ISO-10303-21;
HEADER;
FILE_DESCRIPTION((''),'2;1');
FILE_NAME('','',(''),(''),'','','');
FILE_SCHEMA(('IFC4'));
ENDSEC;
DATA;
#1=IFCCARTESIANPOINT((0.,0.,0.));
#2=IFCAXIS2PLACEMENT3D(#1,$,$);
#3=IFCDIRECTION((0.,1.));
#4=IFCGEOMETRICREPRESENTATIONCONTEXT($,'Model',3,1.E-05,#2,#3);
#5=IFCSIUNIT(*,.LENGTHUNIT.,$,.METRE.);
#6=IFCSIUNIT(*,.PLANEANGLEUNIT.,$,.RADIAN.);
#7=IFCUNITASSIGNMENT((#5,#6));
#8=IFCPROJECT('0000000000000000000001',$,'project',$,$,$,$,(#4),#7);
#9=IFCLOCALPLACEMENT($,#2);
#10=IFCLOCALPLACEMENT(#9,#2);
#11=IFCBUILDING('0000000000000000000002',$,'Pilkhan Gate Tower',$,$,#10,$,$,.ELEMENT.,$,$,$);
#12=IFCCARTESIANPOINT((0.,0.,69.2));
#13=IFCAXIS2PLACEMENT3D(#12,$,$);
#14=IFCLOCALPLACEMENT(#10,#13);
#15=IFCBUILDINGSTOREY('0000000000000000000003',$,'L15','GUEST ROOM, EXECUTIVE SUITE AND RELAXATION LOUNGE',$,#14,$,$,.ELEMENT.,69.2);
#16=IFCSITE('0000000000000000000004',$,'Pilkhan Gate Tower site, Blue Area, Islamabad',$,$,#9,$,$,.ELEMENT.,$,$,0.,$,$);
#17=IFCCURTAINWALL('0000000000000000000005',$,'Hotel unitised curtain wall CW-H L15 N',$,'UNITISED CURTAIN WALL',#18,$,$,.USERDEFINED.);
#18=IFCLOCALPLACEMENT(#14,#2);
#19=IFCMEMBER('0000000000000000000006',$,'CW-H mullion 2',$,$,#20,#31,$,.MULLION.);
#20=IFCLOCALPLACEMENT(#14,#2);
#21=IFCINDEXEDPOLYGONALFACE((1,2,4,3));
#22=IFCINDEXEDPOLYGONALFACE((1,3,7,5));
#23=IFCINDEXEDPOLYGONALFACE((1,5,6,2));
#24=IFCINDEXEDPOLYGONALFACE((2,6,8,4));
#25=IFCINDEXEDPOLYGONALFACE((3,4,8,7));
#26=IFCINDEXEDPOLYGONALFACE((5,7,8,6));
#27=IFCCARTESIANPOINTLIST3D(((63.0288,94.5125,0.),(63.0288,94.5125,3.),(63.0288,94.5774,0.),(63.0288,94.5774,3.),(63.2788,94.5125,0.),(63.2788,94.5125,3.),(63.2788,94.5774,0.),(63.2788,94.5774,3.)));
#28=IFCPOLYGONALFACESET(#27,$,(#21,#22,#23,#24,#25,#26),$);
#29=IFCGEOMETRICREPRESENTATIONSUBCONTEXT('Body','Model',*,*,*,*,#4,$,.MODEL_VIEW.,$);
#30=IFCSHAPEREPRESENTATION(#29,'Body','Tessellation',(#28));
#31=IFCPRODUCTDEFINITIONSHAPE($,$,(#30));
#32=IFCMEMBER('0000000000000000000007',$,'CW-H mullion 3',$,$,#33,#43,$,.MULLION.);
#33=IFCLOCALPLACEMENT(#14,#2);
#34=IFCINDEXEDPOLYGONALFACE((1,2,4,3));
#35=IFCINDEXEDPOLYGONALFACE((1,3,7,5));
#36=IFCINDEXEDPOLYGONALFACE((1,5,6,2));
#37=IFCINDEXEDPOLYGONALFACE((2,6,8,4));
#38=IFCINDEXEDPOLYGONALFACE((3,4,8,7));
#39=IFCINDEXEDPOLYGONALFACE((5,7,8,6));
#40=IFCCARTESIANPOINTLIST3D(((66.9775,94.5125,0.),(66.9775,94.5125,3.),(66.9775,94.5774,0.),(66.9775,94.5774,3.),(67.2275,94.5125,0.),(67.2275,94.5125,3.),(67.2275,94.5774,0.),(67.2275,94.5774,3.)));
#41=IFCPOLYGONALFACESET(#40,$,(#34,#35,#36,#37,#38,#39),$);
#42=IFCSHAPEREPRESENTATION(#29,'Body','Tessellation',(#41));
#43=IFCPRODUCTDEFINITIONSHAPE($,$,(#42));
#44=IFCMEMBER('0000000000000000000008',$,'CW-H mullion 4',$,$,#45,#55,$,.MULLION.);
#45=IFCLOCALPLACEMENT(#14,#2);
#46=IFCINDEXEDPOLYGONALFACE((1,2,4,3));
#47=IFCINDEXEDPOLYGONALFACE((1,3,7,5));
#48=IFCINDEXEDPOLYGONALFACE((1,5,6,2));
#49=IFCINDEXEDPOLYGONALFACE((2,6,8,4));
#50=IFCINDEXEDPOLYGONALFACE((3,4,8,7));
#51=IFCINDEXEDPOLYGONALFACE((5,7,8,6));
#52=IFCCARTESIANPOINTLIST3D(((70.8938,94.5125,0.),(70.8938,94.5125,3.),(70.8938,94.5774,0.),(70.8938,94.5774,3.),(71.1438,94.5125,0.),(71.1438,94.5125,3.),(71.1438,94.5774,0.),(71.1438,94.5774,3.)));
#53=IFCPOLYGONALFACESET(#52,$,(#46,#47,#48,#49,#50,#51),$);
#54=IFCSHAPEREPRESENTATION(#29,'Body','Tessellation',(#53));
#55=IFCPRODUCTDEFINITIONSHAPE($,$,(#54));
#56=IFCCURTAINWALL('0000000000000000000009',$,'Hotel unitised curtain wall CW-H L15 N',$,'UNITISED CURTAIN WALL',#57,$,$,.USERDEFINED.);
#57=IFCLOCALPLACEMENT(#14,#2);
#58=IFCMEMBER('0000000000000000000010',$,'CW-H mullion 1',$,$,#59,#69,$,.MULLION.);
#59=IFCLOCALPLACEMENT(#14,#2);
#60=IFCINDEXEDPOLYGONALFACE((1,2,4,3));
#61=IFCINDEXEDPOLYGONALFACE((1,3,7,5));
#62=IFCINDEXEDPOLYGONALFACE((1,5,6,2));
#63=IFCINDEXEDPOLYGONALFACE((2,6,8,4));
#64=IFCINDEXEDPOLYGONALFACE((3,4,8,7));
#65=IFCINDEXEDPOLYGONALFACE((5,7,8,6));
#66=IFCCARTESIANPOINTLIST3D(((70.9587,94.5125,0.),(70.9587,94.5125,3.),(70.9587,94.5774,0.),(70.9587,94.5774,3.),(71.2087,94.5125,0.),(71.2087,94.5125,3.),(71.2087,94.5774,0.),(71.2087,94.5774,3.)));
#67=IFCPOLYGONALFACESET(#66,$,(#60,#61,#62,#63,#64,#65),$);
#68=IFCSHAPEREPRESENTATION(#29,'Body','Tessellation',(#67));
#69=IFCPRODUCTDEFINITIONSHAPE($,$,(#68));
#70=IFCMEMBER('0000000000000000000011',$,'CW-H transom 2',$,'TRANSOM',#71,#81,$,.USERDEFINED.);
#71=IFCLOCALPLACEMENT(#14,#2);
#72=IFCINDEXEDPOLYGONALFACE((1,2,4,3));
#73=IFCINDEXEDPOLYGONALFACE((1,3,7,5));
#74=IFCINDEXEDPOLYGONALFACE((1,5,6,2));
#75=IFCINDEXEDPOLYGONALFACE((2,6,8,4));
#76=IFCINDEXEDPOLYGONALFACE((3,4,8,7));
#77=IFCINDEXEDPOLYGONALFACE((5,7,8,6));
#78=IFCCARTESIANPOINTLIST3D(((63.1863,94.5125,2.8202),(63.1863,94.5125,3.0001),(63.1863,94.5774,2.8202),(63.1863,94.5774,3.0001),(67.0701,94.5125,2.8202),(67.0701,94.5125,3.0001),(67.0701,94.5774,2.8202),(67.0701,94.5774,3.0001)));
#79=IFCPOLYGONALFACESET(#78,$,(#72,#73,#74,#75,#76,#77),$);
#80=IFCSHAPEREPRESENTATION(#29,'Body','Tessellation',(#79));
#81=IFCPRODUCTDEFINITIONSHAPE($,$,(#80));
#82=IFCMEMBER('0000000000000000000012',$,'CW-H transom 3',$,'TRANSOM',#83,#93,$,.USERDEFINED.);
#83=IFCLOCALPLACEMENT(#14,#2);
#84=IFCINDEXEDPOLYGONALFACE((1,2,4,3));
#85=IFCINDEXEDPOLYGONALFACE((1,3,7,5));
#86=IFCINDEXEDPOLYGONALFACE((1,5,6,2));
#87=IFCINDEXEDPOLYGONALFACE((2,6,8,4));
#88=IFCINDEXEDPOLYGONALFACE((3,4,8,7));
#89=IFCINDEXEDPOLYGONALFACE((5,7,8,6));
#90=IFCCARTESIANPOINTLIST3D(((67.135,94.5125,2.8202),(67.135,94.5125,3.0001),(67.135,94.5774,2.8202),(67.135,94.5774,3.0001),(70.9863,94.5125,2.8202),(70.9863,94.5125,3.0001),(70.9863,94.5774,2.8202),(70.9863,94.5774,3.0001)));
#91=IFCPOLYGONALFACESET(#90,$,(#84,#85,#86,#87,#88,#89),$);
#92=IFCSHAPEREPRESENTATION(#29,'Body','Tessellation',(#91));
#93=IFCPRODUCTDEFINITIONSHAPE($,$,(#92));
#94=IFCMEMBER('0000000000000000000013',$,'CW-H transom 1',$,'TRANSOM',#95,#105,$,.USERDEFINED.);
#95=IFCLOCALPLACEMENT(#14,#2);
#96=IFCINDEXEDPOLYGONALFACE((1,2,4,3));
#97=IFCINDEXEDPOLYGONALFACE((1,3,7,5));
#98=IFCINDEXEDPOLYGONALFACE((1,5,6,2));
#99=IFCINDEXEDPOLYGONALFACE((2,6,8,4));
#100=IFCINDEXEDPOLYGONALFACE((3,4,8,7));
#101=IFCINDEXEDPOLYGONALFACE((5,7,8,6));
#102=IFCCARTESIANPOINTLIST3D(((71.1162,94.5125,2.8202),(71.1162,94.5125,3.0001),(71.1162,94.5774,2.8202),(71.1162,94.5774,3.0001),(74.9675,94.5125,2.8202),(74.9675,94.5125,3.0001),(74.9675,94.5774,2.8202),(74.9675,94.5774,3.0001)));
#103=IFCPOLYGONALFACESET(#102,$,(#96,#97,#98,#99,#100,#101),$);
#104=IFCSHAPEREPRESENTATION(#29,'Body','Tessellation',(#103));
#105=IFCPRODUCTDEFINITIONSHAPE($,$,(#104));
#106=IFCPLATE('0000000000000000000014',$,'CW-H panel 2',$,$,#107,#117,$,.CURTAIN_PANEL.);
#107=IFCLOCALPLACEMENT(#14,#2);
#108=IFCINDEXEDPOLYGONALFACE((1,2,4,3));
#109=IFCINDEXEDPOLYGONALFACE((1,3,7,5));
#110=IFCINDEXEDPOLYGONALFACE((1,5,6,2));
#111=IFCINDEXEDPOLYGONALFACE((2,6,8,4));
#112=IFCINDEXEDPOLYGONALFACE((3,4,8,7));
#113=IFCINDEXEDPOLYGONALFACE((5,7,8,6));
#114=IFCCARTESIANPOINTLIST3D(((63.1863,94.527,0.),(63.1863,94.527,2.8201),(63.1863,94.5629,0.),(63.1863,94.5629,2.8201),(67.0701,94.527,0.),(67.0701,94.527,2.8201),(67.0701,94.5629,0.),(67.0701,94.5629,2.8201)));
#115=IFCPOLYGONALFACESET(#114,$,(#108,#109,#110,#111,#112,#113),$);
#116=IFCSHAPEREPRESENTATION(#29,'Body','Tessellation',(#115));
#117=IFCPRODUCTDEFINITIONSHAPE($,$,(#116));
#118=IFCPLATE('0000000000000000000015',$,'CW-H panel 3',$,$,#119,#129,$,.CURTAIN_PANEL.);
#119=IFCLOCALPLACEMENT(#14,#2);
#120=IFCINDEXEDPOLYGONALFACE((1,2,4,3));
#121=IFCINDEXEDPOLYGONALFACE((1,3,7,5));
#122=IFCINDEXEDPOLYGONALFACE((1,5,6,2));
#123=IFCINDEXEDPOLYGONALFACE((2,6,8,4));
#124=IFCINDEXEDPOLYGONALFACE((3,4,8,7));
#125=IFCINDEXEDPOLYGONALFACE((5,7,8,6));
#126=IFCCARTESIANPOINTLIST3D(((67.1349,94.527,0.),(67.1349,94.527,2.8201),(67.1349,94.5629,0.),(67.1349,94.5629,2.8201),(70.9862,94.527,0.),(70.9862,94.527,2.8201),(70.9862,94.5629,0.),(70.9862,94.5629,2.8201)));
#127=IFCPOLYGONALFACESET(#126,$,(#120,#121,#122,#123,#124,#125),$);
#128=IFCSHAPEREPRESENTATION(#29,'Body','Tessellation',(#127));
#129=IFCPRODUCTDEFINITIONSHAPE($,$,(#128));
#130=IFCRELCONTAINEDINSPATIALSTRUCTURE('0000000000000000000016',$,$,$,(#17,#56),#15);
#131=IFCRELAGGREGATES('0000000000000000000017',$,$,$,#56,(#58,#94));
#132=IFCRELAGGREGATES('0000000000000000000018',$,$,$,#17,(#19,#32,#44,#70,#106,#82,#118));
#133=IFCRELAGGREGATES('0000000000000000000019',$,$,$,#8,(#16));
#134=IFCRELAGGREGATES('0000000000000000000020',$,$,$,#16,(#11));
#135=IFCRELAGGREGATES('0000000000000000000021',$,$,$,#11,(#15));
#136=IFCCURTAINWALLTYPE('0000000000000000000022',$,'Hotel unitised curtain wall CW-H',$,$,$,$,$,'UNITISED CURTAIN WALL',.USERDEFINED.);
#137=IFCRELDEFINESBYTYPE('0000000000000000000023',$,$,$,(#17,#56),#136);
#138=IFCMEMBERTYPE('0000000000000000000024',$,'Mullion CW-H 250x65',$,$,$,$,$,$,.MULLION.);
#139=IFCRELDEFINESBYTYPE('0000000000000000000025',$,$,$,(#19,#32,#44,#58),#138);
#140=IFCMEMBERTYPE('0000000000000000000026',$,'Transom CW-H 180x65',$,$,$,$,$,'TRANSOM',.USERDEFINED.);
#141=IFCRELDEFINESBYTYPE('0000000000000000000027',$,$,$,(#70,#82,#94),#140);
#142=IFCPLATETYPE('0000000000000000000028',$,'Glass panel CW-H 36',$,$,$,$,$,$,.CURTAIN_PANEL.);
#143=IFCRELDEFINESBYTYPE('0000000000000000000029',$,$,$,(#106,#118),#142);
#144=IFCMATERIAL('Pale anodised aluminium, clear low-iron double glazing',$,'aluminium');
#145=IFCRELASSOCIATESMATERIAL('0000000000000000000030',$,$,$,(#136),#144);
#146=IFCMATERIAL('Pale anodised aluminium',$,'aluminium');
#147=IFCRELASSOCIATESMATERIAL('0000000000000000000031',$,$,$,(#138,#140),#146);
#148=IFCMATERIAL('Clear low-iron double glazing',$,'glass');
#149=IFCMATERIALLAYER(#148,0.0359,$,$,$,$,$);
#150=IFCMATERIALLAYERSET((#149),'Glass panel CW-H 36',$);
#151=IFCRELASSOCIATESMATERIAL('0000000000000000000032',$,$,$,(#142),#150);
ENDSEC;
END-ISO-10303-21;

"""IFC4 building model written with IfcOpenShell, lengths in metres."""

from ifc_helpers import new_model, si_unit, direction, frame, origin, origin_2d, place, context, subcontext, project, spatial, rectangle, extrude, material, layer, layer_set, material_profile, profile_set, type_object, element, aggregate, save


model = new_model("IFC4")

# Units and contexts
model_context = context("Model", 3, precision=1e-05, world=origin(), true_north=direction((0.0, 1.0)))
body_context = subcontext(model_context, "Body", "Model", "MODEL_VIEW")
ifc_project = project(units=[si_unit("LENGTHUNIT", "METRE"), si_unit("PLANEANGLEUNIT", "RADIAN")], contexts=[model_context])

# Site, building, storey
site_placement = place(None, origin())
site = spatial("IfcSite", under=ifc_project, at=site_placement, Name="Pilkhan Gate Tower site, Blue Area, Islamabad", CompositionType="ELEMENT", RefElevation=0.0)
building_placement = place(site_placement, origin())
building = spatial("IfcBuilding", under=site, at=building_placement, Name="Pilkhan Gate Tower", CompositionType="ELEMENT")
storey_placement = place(building_placement, frame((0.0, 0.0, 69.2)))
storey = spatial("IfcBuildingStorey", under=building, at=storey_placement, Name="L15", Description="GUEST ROOM, EXECUTIVE SUITE AND RELAXATION LOUNGE", CompositionType="ELEMENT", Elevation=69.2)

# Curtain wall, members
ifc_material_1 = material(Name="Pale anodised aluminium, clear low-iron double glazing", Category="aluminium")
curtain_wall_type = type_object("IfcCurtainWallType", Name="Hotel unitised curtain wall CW-H", ElementType="UNITISED CURTAIN WALL", PredefinedType="USERDEFINED", material=ifc_material_1)
curtain_wall_1_placement = place(storey_placement, origin())
curtain_wall_1 = element("IfcCurtainWall", 1, at=curtain_wall_1_placement, inside=storey, type_object=curtain_wall_type, Name="Hotel unitised curtain wall CW-H L15 N", ObjectType="UNITISED CURTAIN WALL", PredefinedType="USERDEFINED")
ifc_material_2 = material(Name="Pale anodised aluminium", Category="aluminium")
ifc_material_profile_1 = material_profile(ifc_material_2, rectangle(XDim=0.0649, YDim=0.25, at=origin_2d()), Name="Mullion 250x65")
ifc_profile_set_1 = profile_set([ifc_material_profile_1], Name="Pale anodised aluminium")
member_type_1 = type_object("IfcMemberType", Name="Mullion CW-H 250x65", PredefinedType="MULLION", material=ifc_profile_set_1)
member_1_placement = place(storey_placement, frame((63.1538, 94.5449, 0.0), z_axis=(0.0, 0.0, 1.0), x_axis=(0.0, 1.0, 0.0)))
member_1 = element("IfcMember", 2, at=member_1_placement, type_object=member_type_1, Name="CW-H mullion 2", PredefinedType="MULLION", context=body_context, shape_type="SweptSolid", body=[
    extrude(rectangle(XDim=0.0649, YDim=0.25, at=origin_2d()), origin(), (0.0, 0.0, 1.0), 3.0),
])
member_2_placement = place(storey_placement, frame((67.1025, 94.5449, 0.0), z_axis=(0.0, 0.0, 1.0), x_axis=(0.0, 1.0, 0.0)))
member_2 = element("IfcMember", 3, at=member_2_placement, type_object=member_type_1, Name="CW-H mullion 3", PredefinedType="MULLION", context=body_context, shape_type="SweptSolid", body=[
    extrude(rectangle(XDim=0.0649, YDim=0.25, at=origin_2d()), origin(), (0.0, 0.0, 1.0), 3.0),
])
member_3_placement = place(storey_placement, frame((71.0188, 94.5449, 0.0), z_axis=(0.0, 0.0, 1.0), x_axis=(0.0, 1.0, 0.0)))
member_3 = element("IfcMember", 4, at=member_3_placement, type_object=member_type_1, Name="CW-H mullion 4", PredefinedType="MULLION", context=body_context, shape_type="SweptSolid", body=[
    extrude(rectangle(XDim=0.0649, YDim=0.25, at=origin_2d()), origin(), (0.0, 0.0, 1.0), 3.0),
])

# Curtain wall, member
curtain_wall_2_placement = place(storey_placement, origin())
curtain_wall_2 = element("IfcCurtainWall", 5, at=curtain_wall_2_placement, inside=storey, type_object=curtain_wall_type, Name="Hotel unitised curtain wall CW-H L15 N", ObjectType="UNITISED CURTAIN WALL", PredefinedType="USERDEFINED")
member_4_placement = place(storey_placement, frame((71.0837, 94.5449, 0.0), z_axis=(0.0, 0.0, 1.0), x_axis=(0.0, 1.0, 0.0)))
member_4 = element("IfcMember", 6, at=member_4_placement, type_object=member_type_1, Name="CW-H mullion 1", PredefinedType="MULLION", context=body_context, shape_type="SweptSolid", body=[
    extrude(rectangle(XDim=0.0649, YDim=0.25, at=origin_2d()), origin(), (0.0, 0.0, 1.0), 3.0),
])

# Members
ifc_material_profile_2 = material_profile(ifc_material_2, rectangle(XDim=0.0649, YDim=0.1799, at=origin_2d()), Name="Transom 180x65")
ifc_profile_set_2 = profile_set([ifc_material_profile_2], Name="Pale anodised aluminium")
member_type_2 = type_object("IfcMemberType", Name="Transom CW-H 180x65", ElementType="TRANSOM", PredefinedType="USERDEFINED", material=ifc_profile_set_2)
member_5_placement = place(storey_placement, frame((63.1863, 94.5449, 2.9102), z_axis=(1.0, 0.0, 0.0), x_axis=(0.0, 1.0, 0.0)))
member_5 = element("IfcMember", 7, at=member_5_placement, type_object=member_type_2, Name="CW-H transom 2", ObjectType="TRANSOM", PredefinedType="USERDEFINED", context=body_context, shape_type="SweptSolid", body=[
    extrude(rectangle(XDim=0.0649, YDim=0.1799, at=origin_2d()), origin(), (0.0, 0.0, 1.0), 3.8838),
])
member_6_placement = place(storey_placement, frame((67.135, 94.5449, 2.9102), z_axis=(1.0, 0.0, 0.0), x_axis=(0.0, 1.0, 0.0)))
member_6 = element("IfcMember", 8, at=member_6_placement, type_object=member_type_2, Name="CW-H transom 3", ObjectType="TRANSOM", PredefinedType="USERDEFINED", context=body_context, shape_type="SweptSolid", body=[
    extrude(rectangle(XDim=0.0649, YDim=0.1799, at=origin_2d()), origin(), (0.0, 0.0, 1.0), 3.8513),
])
member_7_placement = place(storey_placement, frame((71.1162, 94.5449, 2.9102), z_axis=(1.0, 0.0, 0.0), x_axis=(0.0, 1.0, 0.0)))
member_7 = element("IfcMember", 9, at=member_7_placement, type_object=member_type_2, Name="CW-H transom 1", ObjectType="TRANSOM", PredefinedType="USERDEFINED", context=body_context, shape_type="SweptSolid", body=[
    extrude(rectangle(XDim=0.0649, YDim=0.1799, at=origin_2d()), origin(), (0.0, 0.0, 1.0), 3.8513),
])
aggregate(curtain_wall_2, [member_4, member_7])

# Plates
ifc_material_3 = material(Name="Clear low-iron double glazing", Category="glass")
ifc_layer_1 = layer(ifc_material_3, 0.0359)
ifc_layer_set_1 = layer_set([ifc_layer_1], Name="Glass panel CW-H 36")
plate_type = type_object("IfcPlateType", Name="Glass panel CW-H 36", PredefinedType="CURTAIN_PANEL", material=ifc_layer_set_1)
plate_1_placement = place(storey_placement, frame((65.1282, 94.5449, 0.0), z_axis=(0.0, 0.0, 1.0), x_axis=(1.0, 0.0, 0.0)))
plate_1 = element("IfcPlate", 10, at=plate_1_placement, type_object=plate_type, Name="CW-H panel 2", PredefinedType="CURTAIN_PANEL", context=body_context, shape_type="SweptSolid", body=[
    extrude(rectangle(XDim=3.8838, YDim=0.0359, at=origin_2d()), origin(), (0.0, 0.0, 1.0), 2.8201),
])
plate_2_placement = place(storey_placement, frame((69.0605, 94.5449, 0.0), z_axis=(0.0, 0.0, 1.0), x_axis=(1.0, 0.0, 0.0)))
plate_2 = element("IfcPlate", 11, at=plate_2_placement, type_object=plate_type, Name="CW-H panel 3", PredefinedType="CURTAIN_PANEL", context=body_context, shape_type="SweptSolid", body=[
    extrude(rectangle(XDim=3.8513, YDim=0.0359, at=origin_2d()), origin(), (0.0, 0.0, 1.0), 2.8201),
])
aggregate(curtain_wall_1, [member_1, member_2, member_3, member_5, plate_1, member_6, plate_2])

save(model, "model.ifc")
